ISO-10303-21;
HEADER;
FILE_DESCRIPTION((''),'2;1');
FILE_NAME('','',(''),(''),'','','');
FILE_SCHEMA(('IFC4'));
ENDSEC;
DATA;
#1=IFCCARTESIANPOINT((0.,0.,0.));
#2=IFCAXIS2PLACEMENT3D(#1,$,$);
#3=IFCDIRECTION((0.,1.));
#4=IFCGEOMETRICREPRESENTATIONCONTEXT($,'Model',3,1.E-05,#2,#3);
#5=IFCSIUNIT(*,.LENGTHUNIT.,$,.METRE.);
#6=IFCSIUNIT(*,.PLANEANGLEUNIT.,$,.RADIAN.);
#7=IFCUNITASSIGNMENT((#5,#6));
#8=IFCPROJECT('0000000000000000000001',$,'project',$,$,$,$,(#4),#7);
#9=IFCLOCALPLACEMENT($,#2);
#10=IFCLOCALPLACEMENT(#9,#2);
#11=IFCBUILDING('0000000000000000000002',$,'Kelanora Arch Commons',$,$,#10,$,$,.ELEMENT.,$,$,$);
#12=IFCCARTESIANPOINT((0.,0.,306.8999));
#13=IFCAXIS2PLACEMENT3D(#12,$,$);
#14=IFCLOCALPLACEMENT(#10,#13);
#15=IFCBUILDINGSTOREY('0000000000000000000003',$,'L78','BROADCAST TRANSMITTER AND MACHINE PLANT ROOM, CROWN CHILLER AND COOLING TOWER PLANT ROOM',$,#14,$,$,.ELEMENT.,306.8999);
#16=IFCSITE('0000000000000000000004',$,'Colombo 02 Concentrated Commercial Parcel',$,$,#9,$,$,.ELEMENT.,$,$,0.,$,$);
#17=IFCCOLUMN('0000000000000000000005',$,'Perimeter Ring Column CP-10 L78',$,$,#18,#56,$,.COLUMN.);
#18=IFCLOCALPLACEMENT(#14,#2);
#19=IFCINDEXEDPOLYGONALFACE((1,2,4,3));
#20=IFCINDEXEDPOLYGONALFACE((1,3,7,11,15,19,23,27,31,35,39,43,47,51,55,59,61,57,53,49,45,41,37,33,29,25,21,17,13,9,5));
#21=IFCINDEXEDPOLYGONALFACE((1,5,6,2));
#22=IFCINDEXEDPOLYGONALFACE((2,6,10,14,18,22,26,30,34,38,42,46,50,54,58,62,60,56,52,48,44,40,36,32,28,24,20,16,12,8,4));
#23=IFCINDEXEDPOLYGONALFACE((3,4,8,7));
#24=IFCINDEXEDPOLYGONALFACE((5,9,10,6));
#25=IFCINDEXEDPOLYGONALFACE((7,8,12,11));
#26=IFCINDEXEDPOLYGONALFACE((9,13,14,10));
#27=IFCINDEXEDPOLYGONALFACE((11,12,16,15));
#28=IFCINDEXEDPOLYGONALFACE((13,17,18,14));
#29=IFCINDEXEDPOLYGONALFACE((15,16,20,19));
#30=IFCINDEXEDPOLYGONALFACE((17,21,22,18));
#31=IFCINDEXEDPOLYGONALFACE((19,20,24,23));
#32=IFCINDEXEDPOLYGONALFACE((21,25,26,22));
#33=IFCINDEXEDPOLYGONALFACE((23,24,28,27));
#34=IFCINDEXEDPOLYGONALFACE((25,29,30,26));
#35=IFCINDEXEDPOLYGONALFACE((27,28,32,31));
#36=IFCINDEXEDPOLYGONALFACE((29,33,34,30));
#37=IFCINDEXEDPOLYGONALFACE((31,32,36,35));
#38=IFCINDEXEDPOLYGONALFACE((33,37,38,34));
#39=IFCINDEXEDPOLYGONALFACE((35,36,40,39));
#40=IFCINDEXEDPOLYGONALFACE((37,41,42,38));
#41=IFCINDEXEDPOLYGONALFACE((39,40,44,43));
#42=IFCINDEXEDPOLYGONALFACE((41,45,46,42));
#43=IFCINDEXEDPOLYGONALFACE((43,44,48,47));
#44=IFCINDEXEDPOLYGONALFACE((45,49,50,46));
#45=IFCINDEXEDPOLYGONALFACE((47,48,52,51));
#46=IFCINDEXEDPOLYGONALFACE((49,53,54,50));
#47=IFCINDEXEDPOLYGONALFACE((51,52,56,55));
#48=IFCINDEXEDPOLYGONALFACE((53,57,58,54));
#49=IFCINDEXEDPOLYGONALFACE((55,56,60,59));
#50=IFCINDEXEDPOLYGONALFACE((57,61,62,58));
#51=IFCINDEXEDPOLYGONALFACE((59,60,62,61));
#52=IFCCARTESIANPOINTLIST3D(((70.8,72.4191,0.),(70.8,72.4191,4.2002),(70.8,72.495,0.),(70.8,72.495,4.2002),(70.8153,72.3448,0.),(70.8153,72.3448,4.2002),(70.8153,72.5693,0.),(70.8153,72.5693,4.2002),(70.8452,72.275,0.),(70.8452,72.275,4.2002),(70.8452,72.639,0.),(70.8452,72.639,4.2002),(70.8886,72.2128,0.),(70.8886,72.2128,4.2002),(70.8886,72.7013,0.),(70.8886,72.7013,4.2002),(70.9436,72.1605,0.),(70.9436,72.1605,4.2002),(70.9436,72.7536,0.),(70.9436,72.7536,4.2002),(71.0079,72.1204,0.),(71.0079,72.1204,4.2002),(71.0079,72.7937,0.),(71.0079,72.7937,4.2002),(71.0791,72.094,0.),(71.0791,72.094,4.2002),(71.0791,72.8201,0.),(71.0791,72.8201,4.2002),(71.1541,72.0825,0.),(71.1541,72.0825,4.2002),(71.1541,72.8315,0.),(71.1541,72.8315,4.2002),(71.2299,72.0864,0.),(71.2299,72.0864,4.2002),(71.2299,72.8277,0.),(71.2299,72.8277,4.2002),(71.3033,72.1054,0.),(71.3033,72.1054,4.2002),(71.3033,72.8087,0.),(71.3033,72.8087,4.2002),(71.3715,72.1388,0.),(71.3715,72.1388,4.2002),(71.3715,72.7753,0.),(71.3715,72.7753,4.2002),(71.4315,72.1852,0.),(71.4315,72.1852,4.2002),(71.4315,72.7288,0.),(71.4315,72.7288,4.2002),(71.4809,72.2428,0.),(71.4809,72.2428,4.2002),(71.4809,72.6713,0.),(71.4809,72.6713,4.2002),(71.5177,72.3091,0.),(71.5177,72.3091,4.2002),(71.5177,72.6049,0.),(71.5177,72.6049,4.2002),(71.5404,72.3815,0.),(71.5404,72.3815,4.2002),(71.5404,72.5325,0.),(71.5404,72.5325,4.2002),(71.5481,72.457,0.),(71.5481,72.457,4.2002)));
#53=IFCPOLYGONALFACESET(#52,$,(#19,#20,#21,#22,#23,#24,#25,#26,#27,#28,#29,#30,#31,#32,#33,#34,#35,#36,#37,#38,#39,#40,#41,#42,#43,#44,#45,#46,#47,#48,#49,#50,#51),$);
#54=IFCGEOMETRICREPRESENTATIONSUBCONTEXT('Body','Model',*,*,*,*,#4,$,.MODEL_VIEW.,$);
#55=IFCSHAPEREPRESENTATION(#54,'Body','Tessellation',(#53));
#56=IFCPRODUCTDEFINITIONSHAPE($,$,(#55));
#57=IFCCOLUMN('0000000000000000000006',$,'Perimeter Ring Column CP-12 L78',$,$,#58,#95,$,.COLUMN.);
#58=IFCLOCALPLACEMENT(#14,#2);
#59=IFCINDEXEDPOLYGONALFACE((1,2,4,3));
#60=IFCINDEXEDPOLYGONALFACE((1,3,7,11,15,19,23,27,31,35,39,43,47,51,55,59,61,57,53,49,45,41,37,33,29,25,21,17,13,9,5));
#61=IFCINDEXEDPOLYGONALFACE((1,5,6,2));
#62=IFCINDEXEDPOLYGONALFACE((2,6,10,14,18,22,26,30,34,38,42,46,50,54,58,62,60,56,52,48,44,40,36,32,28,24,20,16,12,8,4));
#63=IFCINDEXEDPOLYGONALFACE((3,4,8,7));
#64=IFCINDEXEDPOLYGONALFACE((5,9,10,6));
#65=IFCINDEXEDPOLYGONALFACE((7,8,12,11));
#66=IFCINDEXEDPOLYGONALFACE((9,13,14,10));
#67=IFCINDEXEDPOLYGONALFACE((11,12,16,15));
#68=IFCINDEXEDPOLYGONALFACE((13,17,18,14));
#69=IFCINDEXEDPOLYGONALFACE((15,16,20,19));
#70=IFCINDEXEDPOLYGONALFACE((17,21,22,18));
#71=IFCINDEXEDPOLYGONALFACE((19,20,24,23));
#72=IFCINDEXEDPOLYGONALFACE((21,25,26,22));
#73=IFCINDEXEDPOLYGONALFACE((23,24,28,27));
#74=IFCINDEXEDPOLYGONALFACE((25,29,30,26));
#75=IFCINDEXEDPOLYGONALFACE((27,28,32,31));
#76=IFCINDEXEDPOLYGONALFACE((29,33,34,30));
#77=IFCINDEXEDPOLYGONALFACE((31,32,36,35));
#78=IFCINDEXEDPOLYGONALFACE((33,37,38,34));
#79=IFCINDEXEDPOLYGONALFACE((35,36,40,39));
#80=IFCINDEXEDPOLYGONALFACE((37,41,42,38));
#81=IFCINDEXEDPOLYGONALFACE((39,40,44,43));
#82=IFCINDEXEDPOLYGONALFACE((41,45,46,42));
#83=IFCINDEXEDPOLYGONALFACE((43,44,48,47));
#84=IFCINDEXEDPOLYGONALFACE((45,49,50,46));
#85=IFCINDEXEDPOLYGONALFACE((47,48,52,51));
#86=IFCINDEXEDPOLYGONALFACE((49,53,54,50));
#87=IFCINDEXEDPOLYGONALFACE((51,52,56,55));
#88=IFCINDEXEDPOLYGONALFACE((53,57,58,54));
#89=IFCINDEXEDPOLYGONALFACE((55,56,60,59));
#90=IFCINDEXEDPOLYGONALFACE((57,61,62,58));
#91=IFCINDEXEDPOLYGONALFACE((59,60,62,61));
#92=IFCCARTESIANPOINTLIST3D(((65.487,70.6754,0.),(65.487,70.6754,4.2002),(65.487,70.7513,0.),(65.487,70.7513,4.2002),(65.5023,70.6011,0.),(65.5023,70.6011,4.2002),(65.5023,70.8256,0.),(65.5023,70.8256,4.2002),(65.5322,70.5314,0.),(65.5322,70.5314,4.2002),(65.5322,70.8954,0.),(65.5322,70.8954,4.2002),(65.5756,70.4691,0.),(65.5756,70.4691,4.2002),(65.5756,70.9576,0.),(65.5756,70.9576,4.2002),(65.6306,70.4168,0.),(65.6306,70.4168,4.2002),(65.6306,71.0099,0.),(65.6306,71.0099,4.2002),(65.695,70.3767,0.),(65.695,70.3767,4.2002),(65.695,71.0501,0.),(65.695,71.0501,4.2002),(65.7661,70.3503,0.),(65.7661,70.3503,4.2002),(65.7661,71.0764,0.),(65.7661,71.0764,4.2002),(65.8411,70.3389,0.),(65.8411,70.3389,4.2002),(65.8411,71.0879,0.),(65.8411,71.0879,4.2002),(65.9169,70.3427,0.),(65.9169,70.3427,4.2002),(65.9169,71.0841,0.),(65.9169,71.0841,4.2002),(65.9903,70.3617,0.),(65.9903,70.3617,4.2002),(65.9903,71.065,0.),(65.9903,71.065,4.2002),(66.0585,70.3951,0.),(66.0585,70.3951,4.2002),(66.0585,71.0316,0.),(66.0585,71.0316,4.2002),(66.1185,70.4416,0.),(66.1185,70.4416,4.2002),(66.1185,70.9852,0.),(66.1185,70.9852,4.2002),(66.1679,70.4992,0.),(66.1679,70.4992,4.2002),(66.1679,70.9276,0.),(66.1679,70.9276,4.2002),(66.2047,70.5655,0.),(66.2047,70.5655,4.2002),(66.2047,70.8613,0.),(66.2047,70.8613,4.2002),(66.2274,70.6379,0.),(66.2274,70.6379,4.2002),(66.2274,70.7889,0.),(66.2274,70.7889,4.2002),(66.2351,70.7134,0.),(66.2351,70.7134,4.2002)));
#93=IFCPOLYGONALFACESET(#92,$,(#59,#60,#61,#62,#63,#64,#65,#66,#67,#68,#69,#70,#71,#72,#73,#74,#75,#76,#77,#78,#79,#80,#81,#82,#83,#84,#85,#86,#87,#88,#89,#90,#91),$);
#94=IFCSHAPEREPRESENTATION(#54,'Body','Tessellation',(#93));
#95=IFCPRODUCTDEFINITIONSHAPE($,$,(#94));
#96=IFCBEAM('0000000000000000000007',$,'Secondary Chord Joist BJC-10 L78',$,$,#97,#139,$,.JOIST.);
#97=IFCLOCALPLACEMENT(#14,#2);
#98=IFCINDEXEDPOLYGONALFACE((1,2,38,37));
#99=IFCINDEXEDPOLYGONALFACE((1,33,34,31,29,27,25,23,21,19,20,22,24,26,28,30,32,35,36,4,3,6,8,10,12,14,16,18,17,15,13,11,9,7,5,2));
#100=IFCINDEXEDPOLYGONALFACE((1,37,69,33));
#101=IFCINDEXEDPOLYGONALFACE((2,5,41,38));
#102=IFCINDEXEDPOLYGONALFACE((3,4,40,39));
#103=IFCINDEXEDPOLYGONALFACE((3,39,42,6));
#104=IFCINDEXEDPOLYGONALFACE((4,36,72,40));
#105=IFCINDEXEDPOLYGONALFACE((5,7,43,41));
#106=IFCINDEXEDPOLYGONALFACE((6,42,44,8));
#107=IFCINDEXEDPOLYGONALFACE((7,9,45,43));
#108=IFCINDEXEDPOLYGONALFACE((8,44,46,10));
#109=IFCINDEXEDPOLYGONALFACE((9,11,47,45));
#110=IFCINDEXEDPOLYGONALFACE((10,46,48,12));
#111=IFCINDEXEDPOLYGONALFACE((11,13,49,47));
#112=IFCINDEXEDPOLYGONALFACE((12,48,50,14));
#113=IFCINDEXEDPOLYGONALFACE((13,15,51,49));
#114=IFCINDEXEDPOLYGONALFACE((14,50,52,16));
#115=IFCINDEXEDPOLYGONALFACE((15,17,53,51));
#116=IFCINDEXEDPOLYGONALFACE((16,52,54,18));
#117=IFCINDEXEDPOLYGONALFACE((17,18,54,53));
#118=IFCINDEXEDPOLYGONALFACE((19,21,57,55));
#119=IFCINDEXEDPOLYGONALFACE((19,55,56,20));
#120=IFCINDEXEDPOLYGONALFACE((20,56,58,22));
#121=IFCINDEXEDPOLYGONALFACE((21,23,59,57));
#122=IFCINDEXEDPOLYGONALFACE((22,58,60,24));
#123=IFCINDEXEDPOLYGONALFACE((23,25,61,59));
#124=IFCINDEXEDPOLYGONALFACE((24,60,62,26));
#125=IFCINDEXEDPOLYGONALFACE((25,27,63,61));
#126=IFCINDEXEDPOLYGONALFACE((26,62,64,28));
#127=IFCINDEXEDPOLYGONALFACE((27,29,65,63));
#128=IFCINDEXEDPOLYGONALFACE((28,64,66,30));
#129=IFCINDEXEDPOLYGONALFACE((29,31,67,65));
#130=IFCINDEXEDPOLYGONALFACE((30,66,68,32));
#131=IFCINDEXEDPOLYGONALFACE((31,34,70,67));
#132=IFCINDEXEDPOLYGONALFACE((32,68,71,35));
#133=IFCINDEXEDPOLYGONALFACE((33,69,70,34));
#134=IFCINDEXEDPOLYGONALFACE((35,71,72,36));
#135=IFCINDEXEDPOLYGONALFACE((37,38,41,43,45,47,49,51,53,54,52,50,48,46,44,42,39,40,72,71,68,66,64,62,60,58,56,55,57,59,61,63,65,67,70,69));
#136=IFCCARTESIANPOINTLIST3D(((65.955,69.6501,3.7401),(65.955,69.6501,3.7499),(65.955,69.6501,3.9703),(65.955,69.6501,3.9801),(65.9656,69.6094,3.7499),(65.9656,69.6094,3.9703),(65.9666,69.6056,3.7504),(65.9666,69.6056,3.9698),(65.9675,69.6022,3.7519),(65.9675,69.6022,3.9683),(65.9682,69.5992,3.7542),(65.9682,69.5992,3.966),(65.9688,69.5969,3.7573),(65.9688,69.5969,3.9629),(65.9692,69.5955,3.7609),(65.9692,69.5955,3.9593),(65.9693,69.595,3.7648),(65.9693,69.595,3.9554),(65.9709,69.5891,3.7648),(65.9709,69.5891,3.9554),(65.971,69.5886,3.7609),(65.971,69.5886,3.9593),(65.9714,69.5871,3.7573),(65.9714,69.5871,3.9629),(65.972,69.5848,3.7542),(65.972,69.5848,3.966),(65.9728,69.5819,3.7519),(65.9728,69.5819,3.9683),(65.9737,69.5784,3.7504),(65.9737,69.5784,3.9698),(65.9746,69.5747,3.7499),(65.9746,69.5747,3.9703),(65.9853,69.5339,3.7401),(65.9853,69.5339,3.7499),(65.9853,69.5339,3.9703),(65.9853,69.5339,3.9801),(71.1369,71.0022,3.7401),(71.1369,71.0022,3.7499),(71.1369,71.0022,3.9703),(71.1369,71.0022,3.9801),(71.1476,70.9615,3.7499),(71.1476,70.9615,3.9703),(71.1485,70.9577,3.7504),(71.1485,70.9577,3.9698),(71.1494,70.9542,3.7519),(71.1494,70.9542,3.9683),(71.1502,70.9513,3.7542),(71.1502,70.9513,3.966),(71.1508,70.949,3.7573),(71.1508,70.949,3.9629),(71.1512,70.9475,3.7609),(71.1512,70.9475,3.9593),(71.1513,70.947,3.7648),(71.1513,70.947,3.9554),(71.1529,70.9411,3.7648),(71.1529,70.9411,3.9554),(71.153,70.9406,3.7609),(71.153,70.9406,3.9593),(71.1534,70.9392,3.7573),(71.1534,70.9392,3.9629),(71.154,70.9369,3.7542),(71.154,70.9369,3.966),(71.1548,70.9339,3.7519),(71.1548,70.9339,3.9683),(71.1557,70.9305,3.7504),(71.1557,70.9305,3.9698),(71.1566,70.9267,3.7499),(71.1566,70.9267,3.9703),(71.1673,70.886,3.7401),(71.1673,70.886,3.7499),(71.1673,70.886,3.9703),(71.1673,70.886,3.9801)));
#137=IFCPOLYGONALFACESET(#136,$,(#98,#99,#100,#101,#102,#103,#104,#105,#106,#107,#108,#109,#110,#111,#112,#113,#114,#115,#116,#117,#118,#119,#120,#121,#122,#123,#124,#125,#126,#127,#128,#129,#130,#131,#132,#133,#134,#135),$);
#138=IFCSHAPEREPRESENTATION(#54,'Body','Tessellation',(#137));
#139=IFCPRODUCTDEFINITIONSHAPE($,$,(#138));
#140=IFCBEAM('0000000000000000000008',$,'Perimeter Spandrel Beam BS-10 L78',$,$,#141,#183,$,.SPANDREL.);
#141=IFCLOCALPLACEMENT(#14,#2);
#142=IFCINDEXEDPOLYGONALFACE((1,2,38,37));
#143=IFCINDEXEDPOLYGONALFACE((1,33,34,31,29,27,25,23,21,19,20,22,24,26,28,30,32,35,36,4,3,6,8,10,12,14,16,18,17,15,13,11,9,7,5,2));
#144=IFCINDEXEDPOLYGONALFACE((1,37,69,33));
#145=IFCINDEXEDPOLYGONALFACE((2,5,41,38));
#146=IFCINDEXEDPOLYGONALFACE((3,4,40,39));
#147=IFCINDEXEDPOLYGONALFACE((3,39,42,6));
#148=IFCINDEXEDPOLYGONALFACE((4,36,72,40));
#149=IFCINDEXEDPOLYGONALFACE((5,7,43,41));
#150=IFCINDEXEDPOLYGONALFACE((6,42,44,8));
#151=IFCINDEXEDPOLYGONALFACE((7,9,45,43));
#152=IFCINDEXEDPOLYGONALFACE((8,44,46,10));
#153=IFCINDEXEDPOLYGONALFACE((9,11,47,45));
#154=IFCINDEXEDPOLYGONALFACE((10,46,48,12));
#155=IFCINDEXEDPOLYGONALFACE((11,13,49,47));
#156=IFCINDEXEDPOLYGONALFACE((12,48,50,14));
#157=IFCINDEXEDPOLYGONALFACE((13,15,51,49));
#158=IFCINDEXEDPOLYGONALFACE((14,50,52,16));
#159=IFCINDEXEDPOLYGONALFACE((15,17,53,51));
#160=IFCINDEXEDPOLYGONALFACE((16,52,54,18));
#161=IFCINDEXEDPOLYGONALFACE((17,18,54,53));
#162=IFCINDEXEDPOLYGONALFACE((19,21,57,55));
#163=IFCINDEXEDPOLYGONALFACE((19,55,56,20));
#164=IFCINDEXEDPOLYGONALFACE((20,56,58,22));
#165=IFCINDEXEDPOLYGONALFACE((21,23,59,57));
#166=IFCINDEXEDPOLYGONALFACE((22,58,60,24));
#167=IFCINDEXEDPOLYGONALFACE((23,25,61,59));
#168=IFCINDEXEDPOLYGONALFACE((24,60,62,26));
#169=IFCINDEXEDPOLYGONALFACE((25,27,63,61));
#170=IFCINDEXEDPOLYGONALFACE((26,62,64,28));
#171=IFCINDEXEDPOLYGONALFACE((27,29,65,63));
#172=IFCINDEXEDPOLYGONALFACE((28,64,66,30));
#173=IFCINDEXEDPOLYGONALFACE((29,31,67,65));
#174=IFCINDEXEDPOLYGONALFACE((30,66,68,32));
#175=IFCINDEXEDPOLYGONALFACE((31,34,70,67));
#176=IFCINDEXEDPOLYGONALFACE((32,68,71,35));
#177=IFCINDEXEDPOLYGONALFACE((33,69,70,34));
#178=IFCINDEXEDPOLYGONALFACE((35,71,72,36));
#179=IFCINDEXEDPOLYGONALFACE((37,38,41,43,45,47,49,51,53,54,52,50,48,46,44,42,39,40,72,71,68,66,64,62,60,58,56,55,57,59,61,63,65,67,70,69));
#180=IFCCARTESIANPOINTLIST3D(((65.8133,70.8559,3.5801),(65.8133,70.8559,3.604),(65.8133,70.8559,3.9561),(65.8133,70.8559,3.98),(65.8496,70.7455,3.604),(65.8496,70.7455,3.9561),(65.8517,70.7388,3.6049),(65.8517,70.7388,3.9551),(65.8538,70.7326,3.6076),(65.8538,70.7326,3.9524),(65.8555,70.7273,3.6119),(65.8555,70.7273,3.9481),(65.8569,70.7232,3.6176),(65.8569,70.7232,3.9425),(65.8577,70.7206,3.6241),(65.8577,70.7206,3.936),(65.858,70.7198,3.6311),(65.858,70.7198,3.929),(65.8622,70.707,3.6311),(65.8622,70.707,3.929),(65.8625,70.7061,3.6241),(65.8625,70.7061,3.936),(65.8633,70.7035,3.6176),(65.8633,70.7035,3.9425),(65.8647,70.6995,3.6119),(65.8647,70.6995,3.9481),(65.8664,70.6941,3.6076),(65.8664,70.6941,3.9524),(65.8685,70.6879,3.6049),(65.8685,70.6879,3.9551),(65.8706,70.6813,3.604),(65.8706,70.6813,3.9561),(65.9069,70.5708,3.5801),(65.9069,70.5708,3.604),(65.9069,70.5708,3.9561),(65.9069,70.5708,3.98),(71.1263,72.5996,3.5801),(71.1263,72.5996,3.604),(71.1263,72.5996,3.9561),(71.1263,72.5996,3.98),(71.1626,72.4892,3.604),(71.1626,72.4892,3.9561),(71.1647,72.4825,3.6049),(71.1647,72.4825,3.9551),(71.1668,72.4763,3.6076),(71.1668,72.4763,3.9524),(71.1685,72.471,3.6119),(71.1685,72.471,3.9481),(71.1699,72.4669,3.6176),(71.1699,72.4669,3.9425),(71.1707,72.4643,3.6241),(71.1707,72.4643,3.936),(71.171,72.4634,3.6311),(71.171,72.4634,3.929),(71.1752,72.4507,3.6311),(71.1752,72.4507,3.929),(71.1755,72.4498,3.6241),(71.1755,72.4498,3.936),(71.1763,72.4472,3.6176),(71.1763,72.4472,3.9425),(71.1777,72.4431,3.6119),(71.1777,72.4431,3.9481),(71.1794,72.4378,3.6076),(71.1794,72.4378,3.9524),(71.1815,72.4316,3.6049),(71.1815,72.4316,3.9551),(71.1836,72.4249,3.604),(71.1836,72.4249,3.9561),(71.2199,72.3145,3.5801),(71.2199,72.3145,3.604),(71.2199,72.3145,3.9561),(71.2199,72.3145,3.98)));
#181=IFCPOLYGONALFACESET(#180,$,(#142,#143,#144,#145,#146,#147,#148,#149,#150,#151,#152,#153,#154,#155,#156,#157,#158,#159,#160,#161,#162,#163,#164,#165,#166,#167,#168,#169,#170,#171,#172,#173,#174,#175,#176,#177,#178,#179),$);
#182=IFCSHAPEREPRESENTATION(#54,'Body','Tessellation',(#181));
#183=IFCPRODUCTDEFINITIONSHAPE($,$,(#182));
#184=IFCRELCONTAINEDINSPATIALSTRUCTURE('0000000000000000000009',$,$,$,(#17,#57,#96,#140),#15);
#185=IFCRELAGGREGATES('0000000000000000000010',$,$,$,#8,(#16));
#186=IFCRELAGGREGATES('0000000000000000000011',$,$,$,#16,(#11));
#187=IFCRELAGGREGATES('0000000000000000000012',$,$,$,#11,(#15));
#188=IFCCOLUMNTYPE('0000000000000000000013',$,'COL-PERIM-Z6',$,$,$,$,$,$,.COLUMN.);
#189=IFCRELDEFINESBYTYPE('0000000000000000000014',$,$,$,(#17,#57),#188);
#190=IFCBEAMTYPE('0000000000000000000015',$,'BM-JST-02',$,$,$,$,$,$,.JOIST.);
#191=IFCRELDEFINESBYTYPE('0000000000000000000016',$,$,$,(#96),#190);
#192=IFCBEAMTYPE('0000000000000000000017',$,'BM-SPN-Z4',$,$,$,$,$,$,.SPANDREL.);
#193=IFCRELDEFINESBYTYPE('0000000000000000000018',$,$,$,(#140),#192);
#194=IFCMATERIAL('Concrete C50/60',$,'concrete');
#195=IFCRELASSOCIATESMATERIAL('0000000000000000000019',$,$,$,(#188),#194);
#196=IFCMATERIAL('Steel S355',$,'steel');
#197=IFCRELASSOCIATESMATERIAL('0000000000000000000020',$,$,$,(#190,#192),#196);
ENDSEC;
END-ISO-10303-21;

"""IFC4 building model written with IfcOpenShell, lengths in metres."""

from ifc_helpers import new_model, si_unit, direction, frame, origin, origin_2d, place, context, subcontext, project, spatial, circle, i_section, extrude, material, material_profile, profile_set, type_object, element, save


model = new_model("IFC4")

# Units and contexts
model_context = context("Model", 3, precision=1e-05, world=origin(), true_north=direction((0.0, 1.0)))
body_context = subcontext(model_context, "Body", "Model", "MODEL_VIEW")
ifc_project = project(units=[si_unit("LENGTHUNIT", "METRE"), si_unit("PLANEANGLEUNIT", "RADIAN")], contexts=[model_context])

# Site, building, storey
site_placement = place(None, origin())
site = spatial("IfcSite", under=ifc_project, at=site_placement, Name="Colombo 02 Concentrated Commercial Parcel", CompositionType="ELEMENT", RefElevation=0.0)
building_placement = place(site_placement, origin())
building = spatial("IfcBuilding", under=site, at=building_placement, Name="Kelanora Arch Commons", CompositionType="ELEMENT")
storey_placement = place(building_placement, frame((0.0, 0.0, 306.8999)))
storey = spatial("IfcBuildingStorey", under=building, at=storey_placement, Name="L78", Description="BROADCAST TRANSMITTER AND MACHINE PLANT ROOM, CROWN CHILLER AND COOLING TOWER PLANT ROOM", CompositionType="ELEMENT", Elevation=306.8999)

# Columns
ifc_material_1 = material(Name="Concrete C50/60", Category="concrete")
ifc_material_profile_1 = material_profile(ifc_material_1, circle(Radius=0.375, at=origin_2d()), Name="RCC750")
ifc_profile_set_1 = profile_set([ifc_material_profile_1], Name="Concrete C50/60")
column_type = type_object("IfcColumnType", Name="COL-PERIM-Z6", PredefinedType="COLUMN", material=ifc_profile_set_1)
for number, where, z_axis, x_axis, name in (
    (1, (71.1731, 72.457, 0.0), (0.0, 0.0, 1.0), (1.0, 0.0, 0.0), "Perimeter Ring Column CP-10 L78"),
    (2, (65.8601, 70.7134, 0.0), (0.0, 0.0, 1.0), (1.0, 0.0, 0.0), "Perimeter Ring Column CP-12 L78"),
):
    element("IfcColumn", number, at=place(storey_placement, frame(where, z_axis=z_axis, x_axis=x_axis)), inside=storey, type_object=column_type, Name=name, PredefinedType="COLUMN", context=body_context, shape_type="SweptSolid", body=[
        extrude(circle(Radius=0.375, at=origin_2d()), origin(), (0.0, 0.0, 1.0), 4.2002),
    ])

# Beams
ifc_material_2 = material(Name="Steel S355", Category="steel")
ifc_material_profile_2 = material_profile(ifc_material_2, i_section(OverallWidth=0.1201, OverallDepth=0.24, WebThickness=0.0061, FlangeThickness=0.0098, FilletRadius=0.0149, at=origin_2d()), Name="IPE240")
ifc_profile_set_2 = profile_set([ifc_material_profile_2], Name="Steel S355")
beam_type_1 = type_object("IfcBeamType", Name="BM-JST-02", PredefinedType="JOIST", material=ifc_profile_set_2)
beam_1_placement = place(storey_placement, frame((71.1521, 70.9441, 3.8601), z_axis=(-0.967606, -0.252466, 0.0), x_axis=(0.252466, -0.967606, 0.0)))
element("IfcBeam", 3, at=beam_1_placement, inside=storey, type_object=beam_type_1, Name="Secondary Chord Joist BJC-10 L78", PredefinedType="JOIST", context=body_context, shape_type="SweptSolid", body=[
    extrude(i_section(OverallWidth=0.1201, OverallDepth=0.24, WebThickness=0.0061, FlangeThickness=0.0098, FilletRadius=0.0149, at=origin_2d()), origin(), (0.0, 0.0, 1.0), 5.3555),
])
ifc_material_profile_3 = material_profile(ifc_material_2, i_section(OverallWidth=0.3, OverallDepth=0.3999, WebThickness=0.0134, FlangeThickness=0.0239, FilletRadius=0.0271, at=origin_2d()), Name="HEB400")
ifc_profile_set_3 = profile_set([ifc_material_profile_3], Name="Steel S355")
beam_type_2 = type_object("IfcBeamType", Name="BM-SPN-Z4", PredefinedType="SPANDREL", material=ifc_profile_set_3)
beam_2_placement = place(storey_placement, frame((71.1731, 72.457, 3.78), z_axis=(-0.95014, -0.311823, 0.0), x_axis=(0.311823, -0.95014, 0.0)))
element("IfcBeam", 4, at=beam_2_placement, inside=storey, type_object=beam_type_2, Name="Perimeter Spandrel Beam BS-10 L78", PredefinedType="SPANDREL", context=body_context, shape_type="SweptSolid", body=[
    extrude(i_section(OverallWidth=0.3, OverallDepth=0.3999, WebThickness=0.0134, FlangeThickness=0.0239, FilletRadius=0.0271, at=origin_2d()), origin(), (0.0, 0.0, 1.0), 5.5918),
])

save(model, "model.ifc")
